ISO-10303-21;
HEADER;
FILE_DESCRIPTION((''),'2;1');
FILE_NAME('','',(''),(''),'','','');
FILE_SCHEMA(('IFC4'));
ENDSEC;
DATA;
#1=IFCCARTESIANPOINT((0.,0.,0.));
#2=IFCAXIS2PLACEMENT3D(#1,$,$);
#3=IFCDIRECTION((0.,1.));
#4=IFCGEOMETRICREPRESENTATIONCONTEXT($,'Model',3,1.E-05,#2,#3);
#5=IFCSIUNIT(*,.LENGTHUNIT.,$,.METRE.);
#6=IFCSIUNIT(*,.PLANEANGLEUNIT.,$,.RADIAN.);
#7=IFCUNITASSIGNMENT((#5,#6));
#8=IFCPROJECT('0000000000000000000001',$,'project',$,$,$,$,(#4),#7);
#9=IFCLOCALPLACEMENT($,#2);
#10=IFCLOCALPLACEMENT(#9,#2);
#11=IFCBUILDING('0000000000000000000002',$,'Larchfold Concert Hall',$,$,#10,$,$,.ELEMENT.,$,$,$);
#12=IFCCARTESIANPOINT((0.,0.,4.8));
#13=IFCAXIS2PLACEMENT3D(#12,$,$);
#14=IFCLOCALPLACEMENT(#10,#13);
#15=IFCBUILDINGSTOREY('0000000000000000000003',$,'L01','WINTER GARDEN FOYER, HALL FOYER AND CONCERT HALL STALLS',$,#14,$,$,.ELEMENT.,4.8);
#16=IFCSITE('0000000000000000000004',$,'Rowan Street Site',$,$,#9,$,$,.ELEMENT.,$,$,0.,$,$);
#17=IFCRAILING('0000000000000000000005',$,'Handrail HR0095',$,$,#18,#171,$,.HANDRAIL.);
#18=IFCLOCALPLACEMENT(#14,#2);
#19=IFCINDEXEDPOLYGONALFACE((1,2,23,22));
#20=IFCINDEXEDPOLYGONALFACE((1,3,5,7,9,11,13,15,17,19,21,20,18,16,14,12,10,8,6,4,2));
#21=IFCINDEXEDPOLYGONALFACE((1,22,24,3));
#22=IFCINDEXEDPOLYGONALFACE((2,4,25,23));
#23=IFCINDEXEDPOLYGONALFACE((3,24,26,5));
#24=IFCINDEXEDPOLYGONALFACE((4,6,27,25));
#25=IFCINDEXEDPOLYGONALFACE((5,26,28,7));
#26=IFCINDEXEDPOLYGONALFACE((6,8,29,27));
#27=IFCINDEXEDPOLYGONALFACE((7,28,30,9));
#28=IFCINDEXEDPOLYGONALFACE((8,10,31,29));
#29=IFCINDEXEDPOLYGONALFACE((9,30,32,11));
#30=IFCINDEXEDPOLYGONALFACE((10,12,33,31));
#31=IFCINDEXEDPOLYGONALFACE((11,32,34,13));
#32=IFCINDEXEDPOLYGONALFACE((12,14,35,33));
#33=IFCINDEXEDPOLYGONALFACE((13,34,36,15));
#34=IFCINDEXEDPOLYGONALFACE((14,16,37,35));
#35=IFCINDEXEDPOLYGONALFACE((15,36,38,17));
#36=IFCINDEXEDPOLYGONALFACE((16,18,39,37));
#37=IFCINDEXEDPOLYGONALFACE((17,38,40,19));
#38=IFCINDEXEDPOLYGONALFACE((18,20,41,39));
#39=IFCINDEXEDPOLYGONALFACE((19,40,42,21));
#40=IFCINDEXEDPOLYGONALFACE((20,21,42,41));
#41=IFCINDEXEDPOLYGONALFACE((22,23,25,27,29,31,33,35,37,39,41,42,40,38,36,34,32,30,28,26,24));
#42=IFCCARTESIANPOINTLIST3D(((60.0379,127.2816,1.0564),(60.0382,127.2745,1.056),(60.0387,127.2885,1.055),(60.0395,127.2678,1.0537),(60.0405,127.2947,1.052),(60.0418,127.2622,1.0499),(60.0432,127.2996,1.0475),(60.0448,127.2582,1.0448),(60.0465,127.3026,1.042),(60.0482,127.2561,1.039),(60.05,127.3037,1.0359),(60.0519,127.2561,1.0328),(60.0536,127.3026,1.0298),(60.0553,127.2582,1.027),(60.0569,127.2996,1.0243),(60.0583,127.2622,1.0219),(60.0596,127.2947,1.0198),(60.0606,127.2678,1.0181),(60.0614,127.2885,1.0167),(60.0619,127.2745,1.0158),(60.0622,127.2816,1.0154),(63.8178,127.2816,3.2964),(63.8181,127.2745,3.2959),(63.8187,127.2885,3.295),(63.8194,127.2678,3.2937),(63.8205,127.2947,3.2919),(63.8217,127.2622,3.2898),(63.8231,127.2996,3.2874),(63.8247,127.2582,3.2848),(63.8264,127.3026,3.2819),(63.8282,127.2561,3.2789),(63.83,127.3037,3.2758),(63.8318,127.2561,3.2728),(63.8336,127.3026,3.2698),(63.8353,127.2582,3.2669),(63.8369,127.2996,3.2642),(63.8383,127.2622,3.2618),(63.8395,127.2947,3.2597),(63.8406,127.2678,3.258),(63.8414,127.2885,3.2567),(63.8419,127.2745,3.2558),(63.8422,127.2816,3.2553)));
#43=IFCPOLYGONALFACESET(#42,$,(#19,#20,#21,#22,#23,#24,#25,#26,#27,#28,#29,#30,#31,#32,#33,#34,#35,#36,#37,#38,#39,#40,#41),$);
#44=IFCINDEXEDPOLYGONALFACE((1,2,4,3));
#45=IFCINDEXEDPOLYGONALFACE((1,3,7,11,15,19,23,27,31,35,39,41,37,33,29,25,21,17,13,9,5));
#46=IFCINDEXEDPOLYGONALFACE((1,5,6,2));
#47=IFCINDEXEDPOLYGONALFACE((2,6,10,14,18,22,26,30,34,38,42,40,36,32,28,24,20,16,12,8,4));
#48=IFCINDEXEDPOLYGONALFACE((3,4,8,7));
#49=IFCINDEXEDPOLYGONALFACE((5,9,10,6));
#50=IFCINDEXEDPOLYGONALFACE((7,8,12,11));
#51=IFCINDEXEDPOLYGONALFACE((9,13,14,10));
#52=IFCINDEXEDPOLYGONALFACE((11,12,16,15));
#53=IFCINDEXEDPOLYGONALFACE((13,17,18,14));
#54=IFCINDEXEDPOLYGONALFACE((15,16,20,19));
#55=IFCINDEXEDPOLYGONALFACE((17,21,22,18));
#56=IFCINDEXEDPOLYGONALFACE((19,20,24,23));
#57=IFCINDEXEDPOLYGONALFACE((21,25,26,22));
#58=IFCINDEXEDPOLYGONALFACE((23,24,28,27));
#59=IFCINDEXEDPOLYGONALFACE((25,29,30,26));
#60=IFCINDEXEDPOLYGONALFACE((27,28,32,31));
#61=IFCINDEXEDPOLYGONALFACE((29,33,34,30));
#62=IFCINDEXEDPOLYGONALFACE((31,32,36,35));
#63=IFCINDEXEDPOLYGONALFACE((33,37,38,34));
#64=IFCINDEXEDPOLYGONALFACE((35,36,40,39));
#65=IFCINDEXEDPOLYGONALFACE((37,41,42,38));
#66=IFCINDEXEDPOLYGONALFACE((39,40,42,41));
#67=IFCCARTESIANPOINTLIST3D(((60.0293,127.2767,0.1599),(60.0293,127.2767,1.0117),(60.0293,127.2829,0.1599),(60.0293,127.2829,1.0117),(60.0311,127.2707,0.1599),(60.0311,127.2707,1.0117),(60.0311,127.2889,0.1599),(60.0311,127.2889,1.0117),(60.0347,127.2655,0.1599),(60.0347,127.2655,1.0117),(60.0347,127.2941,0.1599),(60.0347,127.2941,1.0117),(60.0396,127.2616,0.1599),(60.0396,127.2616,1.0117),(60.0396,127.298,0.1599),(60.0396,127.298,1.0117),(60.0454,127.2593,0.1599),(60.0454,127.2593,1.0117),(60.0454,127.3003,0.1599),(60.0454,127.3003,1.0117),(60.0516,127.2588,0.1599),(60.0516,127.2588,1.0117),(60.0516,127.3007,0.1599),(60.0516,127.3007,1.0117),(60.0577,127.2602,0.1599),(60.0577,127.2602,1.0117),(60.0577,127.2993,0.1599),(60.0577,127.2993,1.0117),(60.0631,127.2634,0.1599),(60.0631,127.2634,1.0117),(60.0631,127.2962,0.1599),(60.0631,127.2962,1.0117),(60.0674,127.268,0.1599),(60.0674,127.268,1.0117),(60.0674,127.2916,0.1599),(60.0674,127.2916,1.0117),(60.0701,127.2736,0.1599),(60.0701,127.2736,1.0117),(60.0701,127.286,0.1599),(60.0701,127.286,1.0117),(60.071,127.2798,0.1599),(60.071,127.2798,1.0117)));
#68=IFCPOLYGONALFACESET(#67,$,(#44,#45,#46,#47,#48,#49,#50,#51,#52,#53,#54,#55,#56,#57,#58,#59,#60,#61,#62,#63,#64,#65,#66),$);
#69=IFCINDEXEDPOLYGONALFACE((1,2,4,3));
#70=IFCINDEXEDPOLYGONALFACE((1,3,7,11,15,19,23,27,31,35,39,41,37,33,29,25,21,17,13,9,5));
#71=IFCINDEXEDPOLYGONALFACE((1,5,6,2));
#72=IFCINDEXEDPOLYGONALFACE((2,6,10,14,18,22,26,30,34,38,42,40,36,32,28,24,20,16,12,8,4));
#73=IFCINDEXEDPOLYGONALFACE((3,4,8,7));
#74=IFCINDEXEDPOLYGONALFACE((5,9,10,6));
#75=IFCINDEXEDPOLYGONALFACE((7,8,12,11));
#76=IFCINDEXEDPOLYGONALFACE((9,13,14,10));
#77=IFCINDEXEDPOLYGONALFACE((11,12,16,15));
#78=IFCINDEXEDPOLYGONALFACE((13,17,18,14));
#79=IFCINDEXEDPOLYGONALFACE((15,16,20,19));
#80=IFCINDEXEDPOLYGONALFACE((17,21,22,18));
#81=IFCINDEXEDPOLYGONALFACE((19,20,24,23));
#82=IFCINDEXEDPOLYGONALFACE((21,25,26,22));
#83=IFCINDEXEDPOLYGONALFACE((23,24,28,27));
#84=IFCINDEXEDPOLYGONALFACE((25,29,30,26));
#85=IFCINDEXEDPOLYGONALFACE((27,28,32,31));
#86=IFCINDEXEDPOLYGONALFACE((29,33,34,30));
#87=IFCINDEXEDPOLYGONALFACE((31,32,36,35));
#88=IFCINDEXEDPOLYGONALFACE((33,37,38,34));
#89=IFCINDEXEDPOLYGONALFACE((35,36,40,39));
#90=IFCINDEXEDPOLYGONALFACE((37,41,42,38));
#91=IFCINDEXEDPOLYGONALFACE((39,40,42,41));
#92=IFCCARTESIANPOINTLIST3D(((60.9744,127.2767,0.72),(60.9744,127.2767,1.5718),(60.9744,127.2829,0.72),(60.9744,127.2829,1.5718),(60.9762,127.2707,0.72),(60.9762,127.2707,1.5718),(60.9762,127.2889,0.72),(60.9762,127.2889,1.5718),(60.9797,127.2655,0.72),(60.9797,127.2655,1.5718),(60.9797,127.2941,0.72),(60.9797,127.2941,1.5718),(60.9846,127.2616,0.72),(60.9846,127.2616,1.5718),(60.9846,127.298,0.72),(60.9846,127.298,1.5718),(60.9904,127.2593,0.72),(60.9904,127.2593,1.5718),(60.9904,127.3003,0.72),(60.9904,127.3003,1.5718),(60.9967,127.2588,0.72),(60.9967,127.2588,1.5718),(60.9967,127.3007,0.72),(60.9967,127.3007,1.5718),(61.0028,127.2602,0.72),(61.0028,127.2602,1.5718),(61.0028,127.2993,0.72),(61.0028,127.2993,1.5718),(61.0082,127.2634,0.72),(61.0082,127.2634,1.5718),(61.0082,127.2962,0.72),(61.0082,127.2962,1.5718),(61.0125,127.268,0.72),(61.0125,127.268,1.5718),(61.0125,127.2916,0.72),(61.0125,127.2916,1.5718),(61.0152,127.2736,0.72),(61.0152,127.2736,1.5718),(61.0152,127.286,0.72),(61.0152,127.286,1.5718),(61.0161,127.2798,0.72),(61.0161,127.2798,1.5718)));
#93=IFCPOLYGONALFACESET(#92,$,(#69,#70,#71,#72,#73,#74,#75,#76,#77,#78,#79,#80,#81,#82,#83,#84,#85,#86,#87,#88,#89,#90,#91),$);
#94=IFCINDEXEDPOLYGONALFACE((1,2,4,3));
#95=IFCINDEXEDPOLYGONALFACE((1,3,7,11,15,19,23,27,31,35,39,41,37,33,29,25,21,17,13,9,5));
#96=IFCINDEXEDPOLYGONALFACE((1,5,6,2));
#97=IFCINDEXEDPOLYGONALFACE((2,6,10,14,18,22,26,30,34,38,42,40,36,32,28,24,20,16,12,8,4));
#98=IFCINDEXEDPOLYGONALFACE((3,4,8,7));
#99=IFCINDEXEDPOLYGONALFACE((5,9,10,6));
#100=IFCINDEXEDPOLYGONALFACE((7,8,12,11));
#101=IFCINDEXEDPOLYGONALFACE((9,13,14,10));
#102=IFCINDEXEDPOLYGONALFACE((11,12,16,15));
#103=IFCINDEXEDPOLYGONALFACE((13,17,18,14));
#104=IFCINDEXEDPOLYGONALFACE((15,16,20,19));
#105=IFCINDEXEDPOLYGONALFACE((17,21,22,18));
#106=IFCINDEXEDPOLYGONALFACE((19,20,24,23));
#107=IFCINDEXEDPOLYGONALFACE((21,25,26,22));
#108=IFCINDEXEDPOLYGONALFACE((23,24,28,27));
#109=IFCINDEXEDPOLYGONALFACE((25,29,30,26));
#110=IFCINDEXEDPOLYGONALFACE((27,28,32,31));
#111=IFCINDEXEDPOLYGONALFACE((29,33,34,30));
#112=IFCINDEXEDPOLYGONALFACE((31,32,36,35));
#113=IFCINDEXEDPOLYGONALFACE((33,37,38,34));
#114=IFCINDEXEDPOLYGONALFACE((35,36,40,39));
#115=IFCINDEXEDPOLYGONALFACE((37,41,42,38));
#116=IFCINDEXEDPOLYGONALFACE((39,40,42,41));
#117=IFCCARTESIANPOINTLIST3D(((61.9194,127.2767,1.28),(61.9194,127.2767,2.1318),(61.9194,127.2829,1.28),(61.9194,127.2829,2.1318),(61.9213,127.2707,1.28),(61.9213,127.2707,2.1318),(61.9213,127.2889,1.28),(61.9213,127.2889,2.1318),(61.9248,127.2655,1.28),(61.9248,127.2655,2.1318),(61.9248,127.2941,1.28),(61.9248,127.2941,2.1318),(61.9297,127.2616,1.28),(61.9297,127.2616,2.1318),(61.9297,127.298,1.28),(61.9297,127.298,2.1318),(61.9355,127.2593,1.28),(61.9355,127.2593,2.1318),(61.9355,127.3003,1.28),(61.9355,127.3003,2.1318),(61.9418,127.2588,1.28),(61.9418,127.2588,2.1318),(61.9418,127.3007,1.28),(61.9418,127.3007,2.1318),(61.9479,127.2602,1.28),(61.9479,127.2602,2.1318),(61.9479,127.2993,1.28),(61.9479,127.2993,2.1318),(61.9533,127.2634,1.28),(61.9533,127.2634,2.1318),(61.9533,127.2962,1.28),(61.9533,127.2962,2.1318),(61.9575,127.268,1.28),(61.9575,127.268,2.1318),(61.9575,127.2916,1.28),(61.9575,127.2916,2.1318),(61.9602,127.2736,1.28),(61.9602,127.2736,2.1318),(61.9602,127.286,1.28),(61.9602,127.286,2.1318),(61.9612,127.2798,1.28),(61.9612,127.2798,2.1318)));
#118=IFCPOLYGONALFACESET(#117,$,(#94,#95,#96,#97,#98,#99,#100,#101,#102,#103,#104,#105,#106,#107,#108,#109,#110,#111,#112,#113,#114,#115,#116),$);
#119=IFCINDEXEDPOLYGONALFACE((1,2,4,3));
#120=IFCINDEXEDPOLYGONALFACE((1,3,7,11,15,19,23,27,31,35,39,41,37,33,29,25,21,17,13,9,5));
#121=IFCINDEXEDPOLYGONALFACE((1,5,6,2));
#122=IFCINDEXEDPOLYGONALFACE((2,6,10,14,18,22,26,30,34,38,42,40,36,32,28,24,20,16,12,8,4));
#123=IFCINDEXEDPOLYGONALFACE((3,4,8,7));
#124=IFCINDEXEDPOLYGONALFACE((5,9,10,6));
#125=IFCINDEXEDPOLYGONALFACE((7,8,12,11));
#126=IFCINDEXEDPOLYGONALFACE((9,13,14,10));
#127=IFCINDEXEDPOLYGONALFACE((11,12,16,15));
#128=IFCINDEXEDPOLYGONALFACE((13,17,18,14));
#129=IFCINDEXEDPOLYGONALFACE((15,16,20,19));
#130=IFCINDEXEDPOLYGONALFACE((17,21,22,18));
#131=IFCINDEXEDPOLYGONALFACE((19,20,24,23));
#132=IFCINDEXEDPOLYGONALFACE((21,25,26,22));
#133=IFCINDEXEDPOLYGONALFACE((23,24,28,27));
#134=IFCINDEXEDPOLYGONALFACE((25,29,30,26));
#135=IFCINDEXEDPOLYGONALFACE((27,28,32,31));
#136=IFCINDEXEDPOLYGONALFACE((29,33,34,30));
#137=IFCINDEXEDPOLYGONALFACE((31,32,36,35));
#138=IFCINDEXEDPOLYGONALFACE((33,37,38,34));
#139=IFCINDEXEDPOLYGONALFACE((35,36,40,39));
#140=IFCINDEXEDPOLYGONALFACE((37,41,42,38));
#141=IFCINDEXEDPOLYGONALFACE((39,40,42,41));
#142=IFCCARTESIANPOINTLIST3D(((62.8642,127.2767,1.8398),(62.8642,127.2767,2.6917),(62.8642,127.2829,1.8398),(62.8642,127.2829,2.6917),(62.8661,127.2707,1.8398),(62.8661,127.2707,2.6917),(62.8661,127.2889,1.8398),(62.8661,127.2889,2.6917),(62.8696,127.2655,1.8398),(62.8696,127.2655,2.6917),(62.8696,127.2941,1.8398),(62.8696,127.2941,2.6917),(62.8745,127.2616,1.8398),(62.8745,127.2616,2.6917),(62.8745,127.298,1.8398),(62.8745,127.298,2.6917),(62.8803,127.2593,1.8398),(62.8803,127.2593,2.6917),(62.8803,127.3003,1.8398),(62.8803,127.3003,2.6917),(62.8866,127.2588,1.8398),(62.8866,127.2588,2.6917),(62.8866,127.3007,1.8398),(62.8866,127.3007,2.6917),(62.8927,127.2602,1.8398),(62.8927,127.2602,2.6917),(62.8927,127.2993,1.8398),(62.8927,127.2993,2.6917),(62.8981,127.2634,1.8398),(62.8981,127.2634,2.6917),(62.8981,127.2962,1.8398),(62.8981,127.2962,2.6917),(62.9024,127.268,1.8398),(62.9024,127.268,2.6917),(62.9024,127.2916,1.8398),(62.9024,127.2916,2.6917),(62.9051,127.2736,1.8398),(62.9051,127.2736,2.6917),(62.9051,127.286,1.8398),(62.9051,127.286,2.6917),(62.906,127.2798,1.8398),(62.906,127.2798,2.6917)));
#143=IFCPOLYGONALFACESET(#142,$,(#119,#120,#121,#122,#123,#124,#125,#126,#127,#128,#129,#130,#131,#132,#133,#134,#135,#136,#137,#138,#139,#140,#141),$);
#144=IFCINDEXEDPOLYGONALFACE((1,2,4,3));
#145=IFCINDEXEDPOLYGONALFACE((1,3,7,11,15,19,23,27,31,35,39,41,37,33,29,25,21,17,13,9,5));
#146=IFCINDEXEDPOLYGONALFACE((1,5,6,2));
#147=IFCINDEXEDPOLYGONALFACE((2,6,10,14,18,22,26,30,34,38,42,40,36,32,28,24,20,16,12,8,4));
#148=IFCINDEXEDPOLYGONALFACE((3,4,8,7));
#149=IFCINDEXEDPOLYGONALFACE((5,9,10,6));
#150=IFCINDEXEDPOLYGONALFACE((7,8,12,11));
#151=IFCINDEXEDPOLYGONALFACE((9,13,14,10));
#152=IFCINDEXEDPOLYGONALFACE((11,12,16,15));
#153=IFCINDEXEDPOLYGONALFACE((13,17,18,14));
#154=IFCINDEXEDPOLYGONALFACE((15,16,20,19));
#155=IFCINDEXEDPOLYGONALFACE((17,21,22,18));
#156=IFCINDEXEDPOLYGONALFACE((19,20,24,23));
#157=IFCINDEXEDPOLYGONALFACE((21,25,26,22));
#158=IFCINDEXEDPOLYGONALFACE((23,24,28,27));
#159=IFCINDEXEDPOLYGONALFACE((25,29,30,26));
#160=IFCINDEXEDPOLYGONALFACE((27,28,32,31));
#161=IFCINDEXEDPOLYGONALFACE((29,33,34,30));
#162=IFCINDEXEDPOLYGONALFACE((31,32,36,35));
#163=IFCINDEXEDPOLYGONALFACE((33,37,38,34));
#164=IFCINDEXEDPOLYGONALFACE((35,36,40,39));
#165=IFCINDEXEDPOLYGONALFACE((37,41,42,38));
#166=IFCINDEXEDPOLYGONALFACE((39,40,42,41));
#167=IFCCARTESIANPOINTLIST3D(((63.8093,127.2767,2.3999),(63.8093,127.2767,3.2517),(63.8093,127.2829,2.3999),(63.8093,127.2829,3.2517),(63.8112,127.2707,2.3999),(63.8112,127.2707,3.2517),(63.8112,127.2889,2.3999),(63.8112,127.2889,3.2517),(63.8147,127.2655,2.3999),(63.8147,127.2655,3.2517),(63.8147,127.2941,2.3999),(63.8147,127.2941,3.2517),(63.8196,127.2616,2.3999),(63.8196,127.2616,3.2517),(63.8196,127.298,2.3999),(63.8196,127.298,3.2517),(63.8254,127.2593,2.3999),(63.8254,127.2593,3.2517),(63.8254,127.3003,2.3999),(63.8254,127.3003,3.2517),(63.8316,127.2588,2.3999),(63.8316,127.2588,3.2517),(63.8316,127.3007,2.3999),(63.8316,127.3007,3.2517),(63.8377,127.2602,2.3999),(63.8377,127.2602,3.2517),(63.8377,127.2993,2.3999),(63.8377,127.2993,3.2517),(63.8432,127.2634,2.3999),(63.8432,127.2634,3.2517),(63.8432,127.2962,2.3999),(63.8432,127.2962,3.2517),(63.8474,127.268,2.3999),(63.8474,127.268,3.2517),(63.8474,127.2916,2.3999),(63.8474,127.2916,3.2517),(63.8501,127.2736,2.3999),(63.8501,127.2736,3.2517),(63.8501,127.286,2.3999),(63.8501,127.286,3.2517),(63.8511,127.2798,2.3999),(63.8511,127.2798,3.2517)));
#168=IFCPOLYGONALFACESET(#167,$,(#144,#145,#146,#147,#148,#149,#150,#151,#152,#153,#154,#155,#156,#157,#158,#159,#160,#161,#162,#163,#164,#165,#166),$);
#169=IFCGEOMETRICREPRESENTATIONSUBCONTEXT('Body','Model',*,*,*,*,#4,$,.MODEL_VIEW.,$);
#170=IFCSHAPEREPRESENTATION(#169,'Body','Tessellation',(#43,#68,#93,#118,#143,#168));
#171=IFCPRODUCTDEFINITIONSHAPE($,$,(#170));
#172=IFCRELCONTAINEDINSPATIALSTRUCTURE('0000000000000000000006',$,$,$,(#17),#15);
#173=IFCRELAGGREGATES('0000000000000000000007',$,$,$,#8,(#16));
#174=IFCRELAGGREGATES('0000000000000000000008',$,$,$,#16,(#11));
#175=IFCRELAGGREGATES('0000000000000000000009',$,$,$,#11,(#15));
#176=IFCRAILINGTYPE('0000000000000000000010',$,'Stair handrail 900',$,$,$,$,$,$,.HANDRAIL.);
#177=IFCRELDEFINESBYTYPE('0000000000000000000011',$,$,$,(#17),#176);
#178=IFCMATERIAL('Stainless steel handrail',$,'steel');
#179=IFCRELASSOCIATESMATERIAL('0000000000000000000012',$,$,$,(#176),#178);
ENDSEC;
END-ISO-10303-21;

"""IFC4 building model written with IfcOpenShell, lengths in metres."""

from ifc_helpers import new_model, si_unit, direction, frame, origin, origin_2d, place, context, subcontext, project, spatial, circle, extrude, material, type_object, element, save


model = new_model("IFC4")

# Units and contexts
model_context = context("Model", 3, precision=1e-05, world=origin(), true_north=direction((0.0, 1.0)))
body_context = subcontext(model_context, "Body", "Model", "MODEL_VIEW")
ifc_project = project(units=[si_unit("LENGTHUNIT", "METRE"), si_unit("PLANEANGLEUNIT", "RADIAN")], contexts=[model_context])

# Site, building, storey
site_placement = place(None, origin())
site = spatial("IfcSite", under=ifc_project, at=site_placement, Name="Rowan Street Site", CompositionType="ELEMENT", RefElevation=0.0)
building_placement = place(site_placement, origin())
building = spatial("IfcBuilding", under=site, at=building_placement, Name="Larchfold Concert Hall", CompositionType="ELEMENT")
storey_placement = place(building_placement, frame((0.0, 0.0, 4.8)))
storey = spatial("IfcBuildingStorey", under=building, at=storey_placement, Name="L01", Description="WINTER GARDEN FOYER, HALL FOYER AND CONCERT HALL STALLS", CompositionType="ELEMENT", Elevation=4.8)

# Railing
ifc_material_1 = material(Name="Stainless steel handrail", Category="steel")
railing_type_1 = type_object("IfcRailingType", Name="Stair handrail 900", PredefinedType="HANDRAIL", material=ifc_material_1)
for number, where, name in (
    (1, (60.05, 127.2798, 0.1599), "Handrail HR0095"),
):
    element("IfcRailing", number, at=place(storey_placement, frame(where)), inside=storey, type_object=railing_type_1, Name=name, PredefinedType="HANDRAIL", context=body_context, shape_type="SweptSolid", body=[
        extrude(circle(Radius=0.0239, at=origin_2d()), frame((0.0, 0.0, 0.876), z_axis=(0.860294, 0.0, 0.509798), x_axis=(0.0, 1.0, 0.0)), (0.0, 0.0, 1.0), 4.3938),
        extrude(circle(Radius=0.021, at=origin_2d()), origin(), (0.0, 0.0, 1.0), 0.8518),
        extrude(circle(Radius=0.021, at=origin_2d()), frame((0.9451, 0.0, 0.5601)), (0.0, 0.0, 1.0), 0.8518),
        extrude(circle(Radius=0.021, at=origin_2d()), frame((1.8901, 0.0, 1.1201)), (0.0, 0.0, 1.0), 0.8518),
        extrude(circle(Radius=0.021, at=origin_2d()), frame((2.835, 0.0, 1.6799)), (0.0, 0.0, 1.0), 0.8518),
        extrude(circle(Radius=0.021, at=origin_2d()), frame((3.78, 0.0, 2.24)), (0.0, 0.0, 1.0), 0.8518),
    ])

save(model, "model.ifc")
